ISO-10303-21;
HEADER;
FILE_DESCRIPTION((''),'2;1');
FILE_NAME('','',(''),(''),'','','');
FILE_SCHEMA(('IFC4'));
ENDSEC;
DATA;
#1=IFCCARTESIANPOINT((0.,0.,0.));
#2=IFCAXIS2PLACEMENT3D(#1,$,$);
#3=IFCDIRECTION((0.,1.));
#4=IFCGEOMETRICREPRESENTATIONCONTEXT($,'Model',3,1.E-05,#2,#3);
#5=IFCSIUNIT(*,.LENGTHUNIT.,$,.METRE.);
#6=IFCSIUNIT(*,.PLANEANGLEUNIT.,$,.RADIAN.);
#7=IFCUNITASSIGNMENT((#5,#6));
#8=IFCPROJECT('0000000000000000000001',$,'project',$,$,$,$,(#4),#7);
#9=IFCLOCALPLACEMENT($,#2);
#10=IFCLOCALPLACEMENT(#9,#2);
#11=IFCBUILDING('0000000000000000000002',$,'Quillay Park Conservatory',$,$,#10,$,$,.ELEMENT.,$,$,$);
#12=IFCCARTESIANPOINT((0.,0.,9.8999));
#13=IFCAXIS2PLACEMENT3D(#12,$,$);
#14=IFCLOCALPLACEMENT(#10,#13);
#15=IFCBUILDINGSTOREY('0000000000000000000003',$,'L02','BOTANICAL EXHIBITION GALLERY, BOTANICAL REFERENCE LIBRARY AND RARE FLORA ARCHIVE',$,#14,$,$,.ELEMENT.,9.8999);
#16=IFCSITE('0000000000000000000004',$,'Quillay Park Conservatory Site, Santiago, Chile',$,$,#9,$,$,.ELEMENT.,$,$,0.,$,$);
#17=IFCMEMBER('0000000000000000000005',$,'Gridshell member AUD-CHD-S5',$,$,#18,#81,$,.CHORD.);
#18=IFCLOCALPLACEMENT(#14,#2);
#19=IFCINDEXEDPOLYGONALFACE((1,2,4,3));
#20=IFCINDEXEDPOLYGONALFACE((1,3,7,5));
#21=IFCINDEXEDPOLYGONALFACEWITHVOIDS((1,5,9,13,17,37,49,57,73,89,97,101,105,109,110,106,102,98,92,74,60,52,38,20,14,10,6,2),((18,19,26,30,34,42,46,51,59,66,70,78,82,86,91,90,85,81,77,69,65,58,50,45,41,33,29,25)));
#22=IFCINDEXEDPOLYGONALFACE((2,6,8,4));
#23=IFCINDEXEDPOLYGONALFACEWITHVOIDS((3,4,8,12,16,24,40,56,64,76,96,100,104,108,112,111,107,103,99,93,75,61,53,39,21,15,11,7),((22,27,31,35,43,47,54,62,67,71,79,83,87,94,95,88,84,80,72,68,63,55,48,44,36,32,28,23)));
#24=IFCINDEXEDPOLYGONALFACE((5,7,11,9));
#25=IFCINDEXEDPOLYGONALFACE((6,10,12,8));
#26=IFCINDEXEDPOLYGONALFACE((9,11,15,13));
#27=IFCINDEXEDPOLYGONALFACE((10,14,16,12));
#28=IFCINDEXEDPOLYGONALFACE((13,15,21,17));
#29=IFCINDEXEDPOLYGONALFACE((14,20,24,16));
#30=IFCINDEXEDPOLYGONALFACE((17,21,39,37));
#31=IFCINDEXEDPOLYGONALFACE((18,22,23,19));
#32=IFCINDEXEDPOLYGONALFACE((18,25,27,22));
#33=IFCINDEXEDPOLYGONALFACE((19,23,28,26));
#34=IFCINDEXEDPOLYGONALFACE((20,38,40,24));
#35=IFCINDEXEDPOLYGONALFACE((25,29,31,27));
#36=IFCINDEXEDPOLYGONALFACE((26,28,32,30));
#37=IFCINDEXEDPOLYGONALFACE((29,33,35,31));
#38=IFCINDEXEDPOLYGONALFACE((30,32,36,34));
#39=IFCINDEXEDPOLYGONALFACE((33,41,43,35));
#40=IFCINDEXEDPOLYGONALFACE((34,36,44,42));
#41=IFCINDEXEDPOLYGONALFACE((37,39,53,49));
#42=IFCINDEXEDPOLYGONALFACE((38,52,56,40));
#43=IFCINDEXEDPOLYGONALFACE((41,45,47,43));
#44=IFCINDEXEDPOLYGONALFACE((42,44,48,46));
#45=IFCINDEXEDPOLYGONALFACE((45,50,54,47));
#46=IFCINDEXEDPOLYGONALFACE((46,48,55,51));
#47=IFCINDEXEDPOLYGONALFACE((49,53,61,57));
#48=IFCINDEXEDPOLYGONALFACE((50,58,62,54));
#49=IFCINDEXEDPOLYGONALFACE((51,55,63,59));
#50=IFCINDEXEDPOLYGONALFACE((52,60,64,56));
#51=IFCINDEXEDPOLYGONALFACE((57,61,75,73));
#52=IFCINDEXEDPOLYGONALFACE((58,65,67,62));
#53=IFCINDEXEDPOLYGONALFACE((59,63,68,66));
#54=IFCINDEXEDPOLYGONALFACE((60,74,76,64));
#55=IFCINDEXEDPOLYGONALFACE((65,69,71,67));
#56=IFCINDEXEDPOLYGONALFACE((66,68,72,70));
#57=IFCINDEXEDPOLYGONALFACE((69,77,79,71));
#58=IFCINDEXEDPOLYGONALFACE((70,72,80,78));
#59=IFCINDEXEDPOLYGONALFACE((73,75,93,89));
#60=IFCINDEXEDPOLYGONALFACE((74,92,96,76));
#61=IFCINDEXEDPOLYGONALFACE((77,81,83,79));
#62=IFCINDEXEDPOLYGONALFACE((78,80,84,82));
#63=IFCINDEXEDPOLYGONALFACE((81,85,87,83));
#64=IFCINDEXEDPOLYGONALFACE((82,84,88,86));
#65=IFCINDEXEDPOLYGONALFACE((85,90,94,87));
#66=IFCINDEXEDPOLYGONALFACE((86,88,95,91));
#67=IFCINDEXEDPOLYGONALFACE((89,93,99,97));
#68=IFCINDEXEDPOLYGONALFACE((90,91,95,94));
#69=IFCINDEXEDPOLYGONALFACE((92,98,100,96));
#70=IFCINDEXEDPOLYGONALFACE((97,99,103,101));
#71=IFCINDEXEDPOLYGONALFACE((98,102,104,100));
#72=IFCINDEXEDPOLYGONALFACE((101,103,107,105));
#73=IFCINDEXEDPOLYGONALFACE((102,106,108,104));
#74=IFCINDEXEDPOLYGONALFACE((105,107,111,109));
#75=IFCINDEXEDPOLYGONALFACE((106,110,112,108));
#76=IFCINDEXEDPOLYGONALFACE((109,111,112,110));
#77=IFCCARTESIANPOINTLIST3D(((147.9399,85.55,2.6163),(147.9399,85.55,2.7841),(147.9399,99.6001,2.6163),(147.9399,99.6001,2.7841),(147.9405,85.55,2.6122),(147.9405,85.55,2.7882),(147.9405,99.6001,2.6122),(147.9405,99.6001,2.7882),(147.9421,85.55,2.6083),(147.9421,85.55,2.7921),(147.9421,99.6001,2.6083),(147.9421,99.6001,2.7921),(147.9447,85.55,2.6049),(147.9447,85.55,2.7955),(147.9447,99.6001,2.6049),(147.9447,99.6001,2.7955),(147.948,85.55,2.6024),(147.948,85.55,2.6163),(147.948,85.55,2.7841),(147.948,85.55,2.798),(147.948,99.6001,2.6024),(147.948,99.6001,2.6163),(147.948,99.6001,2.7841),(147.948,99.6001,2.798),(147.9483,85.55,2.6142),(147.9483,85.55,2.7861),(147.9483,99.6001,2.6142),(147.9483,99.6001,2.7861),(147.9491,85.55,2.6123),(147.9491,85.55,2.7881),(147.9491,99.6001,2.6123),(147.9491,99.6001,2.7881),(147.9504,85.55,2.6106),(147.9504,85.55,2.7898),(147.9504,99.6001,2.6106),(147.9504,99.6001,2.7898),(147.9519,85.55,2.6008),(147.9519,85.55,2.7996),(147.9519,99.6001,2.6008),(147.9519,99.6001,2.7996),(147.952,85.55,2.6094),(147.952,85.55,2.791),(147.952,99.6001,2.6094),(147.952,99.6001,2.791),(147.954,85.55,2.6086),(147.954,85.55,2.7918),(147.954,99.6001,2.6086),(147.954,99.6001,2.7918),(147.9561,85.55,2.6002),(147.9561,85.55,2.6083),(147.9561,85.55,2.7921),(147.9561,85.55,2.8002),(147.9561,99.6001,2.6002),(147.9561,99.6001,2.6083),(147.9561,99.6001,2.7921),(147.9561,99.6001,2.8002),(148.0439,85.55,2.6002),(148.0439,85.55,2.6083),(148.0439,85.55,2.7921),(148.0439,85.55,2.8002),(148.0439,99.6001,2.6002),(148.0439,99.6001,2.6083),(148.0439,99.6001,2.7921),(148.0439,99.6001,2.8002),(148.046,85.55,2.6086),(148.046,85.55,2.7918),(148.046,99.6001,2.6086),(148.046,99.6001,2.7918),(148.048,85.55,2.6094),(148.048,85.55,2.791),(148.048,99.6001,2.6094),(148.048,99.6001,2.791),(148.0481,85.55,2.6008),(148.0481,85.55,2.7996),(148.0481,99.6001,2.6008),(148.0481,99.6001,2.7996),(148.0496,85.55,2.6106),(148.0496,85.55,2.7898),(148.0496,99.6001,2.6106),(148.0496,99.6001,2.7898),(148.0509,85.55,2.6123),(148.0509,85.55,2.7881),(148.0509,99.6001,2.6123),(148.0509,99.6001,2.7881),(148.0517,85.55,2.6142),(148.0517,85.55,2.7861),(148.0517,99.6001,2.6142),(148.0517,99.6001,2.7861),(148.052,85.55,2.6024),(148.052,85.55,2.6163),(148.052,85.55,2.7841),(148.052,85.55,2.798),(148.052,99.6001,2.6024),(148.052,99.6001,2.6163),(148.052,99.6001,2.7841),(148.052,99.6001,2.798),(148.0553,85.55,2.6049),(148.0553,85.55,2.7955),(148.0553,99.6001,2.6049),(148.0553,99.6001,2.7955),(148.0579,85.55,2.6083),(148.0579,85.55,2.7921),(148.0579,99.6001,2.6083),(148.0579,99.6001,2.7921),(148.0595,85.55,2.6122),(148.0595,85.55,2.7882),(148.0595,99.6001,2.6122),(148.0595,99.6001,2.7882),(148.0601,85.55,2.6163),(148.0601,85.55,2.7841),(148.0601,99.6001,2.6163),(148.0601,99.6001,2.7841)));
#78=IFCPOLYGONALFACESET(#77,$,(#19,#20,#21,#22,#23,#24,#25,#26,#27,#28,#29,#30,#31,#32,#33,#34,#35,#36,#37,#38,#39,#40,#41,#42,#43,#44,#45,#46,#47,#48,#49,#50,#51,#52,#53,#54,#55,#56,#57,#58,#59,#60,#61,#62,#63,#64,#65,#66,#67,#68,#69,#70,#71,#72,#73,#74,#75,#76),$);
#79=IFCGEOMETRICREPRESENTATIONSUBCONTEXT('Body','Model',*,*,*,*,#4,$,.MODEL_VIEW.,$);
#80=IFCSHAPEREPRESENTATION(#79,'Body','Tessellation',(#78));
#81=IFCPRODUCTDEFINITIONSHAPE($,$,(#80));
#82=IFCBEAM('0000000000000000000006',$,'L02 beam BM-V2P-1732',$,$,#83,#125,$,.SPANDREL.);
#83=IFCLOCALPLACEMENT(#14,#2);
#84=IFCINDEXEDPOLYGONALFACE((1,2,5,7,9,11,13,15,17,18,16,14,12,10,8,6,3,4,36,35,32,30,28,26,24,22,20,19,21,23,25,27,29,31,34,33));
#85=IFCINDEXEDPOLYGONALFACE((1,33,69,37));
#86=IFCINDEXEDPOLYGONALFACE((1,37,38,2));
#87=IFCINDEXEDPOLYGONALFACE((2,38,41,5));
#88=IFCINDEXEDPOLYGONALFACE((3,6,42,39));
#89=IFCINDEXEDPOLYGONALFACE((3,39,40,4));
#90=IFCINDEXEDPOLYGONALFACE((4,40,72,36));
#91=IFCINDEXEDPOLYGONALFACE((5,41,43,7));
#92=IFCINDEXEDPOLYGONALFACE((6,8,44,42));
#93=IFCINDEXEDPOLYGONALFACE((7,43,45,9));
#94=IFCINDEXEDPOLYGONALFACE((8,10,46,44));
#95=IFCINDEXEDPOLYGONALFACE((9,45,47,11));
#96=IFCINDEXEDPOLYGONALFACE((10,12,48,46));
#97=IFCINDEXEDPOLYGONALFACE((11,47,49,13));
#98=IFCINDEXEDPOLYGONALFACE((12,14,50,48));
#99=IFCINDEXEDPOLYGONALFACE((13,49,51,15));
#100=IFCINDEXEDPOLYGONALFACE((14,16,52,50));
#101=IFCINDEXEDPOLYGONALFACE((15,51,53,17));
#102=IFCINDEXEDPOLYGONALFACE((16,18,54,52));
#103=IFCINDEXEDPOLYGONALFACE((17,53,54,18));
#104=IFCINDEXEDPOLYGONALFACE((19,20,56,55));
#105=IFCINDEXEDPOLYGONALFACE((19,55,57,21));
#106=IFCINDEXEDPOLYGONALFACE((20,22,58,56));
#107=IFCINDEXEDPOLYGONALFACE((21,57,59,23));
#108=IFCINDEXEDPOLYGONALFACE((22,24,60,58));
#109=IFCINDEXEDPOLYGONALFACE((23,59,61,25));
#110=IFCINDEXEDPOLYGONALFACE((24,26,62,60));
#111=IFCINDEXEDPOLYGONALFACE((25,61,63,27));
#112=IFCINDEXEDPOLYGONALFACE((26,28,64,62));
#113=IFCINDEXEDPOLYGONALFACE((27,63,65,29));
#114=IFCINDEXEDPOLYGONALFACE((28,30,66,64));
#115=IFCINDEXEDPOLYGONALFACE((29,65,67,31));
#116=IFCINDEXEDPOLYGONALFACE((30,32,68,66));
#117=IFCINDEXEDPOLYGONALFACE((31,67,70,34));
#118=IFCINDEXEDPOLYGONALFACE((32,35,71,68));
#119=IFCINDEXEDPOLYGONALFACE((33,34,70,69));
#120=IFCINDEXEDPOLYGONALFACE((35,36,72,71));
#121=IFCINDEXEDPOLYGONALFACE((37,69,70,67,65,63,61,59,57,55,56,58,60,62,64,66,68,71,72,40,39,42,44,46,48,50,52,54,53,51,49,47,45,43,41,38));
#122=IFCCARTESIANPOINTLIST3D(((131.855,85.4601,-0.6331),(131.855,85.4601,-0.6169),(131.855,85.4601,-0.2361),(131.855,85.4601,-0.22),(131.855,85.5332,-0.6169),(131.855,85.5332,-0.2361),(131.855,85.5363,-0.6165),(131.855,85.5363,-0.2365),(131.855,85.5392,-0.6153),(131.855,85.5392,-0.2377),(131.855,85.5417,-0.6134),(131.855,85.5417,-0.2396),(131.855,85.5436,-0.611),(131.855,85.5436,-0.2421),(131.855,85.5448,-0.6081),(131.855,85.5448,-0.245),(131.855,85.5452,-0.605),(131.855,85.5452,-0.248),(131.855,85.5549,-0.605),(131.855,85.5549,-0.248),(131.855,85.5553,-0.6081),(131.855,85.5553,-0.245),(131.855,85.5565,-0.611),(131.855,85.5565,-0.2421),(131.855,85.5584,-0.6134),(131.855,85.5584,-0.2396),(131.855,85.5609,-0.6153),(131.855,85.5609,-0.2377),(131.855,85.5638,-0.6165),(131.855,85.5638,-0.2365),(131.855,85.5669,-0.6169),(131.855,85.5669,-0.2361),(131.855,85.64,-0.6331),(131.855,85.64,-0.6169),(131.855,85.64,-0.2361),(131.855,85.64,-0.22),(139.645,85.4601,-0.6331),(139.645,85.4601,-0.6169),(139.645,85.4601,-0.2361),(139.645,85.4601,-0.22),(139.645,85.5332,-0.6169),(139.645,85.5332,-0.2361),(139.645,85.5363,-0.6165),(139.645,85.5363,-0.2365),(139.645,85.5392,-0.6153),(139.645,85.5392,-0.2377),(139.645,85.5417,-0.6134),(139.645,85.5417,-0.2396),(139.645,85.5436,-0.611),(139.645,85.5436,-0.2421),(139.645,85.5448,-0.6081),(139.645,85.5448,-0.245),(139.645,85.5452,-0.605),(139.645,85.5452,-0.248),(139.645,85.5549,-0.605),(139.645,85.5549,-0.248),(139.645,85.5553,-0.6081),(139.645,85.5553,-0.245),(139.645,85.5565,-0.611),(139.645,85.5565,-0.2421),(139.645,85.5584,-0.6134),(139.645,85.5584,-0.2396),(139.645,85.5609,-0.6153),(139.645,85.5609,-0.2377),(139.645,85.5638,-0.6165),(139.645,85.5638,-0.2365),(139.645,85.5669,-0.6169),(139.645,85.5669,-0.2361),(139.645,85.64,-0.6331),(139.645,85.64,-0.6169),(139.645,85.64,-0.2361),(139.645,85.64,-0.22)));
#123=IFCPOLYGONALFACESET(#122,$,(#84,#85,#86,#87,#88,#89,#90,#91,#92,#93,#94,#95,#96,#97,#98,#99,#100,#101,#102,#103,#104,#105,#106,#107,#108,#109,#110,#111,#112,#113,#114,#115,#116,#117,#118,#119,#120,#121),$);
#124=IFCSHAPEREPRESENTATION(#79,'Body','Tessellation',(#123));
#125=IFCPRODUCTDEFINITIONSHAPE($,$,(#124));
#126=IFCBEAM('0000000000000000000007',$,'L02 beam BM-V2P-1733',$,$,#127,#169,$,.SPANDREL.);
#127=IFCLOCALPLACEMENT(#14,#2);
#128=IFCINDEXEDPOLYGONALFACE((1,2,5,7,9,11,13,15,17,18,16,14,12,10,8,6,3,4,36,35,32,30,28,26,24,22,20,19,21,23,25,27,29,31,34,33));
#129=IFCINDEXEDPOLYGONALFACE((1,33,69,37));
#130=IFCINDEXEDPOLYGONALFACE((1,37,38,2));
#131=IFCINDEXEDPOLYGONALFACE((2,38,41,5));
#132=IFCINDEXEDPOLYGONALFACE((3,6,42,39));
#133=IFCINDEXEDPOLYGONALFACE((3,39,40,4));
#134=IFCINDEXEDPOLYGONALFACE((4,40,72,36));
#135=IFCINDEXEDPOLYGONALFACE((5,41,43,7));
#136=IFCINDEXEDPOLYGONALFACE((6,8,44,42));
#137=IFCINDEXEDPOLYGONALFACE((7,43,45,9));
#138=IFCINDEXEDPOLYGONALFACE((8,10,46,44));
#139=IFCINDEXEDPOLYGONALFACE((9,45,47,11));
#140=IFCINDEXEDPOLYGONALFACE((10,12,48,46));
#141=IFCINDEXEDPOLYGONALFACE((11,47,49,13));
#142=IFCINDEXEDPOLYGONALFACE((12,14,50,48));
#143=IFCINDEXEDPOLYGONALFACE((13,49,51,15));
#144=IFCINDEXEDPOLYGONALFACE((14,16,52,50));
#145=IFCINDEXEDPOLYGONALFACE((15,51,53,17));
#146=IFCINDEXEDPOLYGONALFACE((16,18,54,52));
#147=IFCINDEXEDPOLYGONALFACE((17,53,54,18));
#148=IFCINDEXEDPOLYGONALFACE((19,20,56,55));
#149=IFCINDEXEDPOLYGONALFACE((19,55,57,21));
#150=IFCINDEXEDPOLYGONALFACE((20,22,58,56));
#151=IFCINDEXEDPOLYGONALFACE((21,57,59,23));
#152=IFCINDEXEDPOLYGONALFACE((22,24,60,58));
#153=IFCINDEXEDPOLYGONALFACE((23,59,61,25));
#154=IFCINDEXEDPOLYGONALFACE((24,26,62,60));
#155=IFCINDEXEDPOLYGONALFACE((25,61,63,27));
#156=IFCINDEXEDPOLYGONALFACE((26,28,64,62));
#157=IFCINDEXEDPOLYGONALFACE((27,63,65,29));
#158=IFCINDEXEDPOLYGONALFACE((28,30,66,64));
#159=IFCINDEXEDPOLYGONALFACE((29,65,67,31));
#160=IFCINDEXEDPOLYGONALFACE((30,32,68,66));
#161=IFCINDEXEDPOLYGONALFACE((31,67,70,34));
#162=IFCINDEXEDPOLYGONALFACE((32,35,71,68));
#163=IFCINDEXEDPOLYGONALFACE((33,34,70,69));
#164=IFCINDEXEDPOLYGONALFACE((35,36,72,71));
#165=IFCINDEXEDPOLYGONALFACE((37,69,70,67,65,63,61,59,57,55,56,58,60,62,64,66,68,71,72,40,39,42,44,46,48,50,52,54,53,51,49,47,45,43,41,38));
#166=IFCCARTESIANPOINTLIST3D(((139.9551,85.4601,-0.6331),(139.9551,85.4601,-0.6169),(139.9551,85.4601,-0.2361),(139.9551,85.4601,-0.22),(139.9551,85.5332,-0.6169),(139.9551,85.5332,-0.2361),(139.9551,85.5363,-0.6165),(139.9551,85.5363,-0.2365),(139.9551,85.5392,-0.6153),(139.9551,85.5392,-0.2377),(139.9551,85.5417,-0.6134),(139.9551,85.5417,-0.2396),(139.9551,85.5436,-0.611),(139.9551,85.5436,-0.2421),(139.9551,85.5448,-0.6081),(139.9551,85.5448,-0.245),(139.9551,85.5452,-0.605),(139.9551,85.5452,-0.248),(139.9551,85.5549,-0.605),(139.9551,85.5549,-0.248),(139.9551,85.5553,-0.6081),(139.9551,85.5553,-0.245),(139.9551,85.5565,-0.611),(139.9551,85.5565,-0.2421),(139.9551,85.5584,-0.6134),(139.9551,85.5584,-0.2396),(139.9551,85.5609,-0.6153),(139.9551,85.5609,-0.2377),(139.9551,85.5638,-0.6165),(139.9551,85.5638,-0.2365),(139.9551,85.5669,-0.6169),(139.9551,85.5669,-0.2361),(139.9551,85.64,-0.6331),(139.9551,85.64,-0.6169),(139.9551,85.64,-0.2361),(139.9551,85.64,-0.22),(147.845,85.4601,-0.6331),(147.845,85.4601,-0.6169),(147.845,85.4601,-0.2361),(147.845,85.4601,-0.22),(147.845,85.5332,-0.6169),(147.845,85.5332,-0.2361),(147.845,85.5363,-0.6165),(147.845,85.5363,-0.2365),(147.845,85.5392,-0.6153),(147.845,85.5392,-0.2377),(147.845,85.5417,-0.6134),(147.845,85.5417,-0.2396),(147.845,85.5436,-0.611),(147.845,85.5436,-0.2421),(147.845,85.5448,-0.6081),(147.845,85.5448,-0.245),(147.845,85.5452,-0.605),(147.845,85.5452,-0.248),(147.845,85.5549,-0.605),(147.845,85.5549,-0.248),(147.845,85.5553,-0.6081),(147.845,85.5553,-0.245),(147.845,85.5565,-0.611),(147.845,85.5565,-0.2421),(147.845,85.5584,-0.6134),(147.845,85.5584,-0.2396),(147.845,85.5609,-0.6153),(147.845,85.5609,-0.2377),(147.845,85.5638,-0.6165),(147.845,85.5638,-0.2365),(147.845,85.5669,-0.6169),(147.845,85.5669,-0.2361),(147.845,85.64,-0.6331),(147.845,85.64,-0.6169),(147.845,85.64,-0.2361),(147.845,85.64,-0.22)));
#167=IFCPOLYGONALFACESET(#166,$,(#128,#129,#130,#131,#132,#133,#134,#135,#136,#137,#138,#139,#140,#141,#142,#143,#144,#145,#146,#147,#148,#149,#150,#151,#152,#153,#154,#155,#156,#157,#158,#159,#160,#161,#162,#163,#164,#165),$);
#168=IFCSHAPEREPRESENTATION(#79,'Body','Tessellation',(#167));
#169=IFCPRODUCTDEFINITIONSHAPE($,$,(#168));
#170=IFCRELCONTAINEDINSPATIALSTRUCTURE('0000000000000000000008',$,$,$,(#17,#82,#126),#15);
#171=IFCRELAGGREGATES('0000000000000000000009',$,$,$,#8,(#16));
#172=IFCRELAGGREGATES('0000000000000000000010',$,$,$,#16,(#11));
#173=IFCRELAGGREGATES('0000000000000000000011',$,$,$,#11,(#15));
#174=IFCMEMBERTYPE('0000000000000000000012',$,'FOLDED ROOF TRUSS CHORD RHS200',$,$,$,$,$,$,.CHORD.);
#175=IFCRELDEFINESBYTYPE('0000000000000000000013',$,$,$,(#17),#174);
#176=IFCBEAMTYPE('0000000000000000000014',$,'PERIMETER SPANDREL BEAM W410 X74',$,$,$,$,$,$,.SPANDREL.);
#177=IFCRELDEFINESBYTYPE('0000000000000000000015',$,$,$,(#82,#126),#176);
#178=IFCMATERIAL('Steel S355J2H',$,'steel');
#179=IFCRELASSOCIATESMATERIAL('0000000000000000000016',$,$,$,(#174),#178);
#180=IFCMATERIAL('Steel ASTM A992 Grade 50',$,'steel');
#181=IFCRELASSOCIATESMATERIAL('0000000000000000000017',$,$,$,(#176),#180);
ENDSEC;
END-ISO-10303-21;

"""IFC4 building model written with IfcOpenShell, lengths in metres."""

from ifc_helpers import new_model, si_unit, direction, frame, origin, origin_2d, place, context, subcontext, project, spatial, hollow_rectangle, i_section, extrude, material, material_profile, profile_set, type_object, element, save


model = new_model("IFC4")

# Units and contexts
model_context = context("Model", 3, precision=1e-05, world=origin(), true_north=direction((0.0, 1.0)))
body_context = subcontext(model_context, "Body", "Model", "MODEL_VIEW")
ifc_project = project(units=[si_unit("LENGTHUNIT", "METRE"), si_unit("PLANEANGLEUNIT", "RADIAN")], contexts=[model_context])

# Site, building, storey
site_placement = place(None, origin())
site = spatial("IfcSite", under=ifc_project, at=site_placement, Name="Quillay Park Conservatory Site, Santiago, Chile", CompositionType="ELEMENT", RefElevation=0.0)
building_placement = place(site_placement, origin())
building = spatial("IfcBuilding", under=site, at=building_placement, Name="Quillay Park Conservatory", CompositionType="ELEMENT")
storey_placement = place(building_placement, frame((0.0, 0.0, 9.8999)))
storey = spatial("IfcBuildingStorey", under=building, at=storey_placement, Name="L02", Description="BOTANICAL EXHIBITION GALLERY, BOTANICAL REFERENCE LIBRARY AND RARE FLORA ARCHIVE", CompositionType="ELEMENT", Elevation=9.8999)

# Member
ifc_material_1 = material(Name="Steel S355J2H", Category="steel")
ifc_material_profile_1 = material_profile(ifc_material_1, hollow_rectangle(XDim=0.1201, YDim=0.2, WallThickness=0.0081, InnerFilletRadius=0.0081, OuterFilletRadius=0.0161, at=origin_2d()), Name="RHS200x120x8")
ifc_profile_set_1 = profile_set([ifc_material_profile_1], Name="Steel S355J2H")
member_type = type_object("IfcMemberType", Name="FOLDED ROOF TRUSS CHORD RHS200", PredefinedType="CHORD", material=ifc_profile_set_1)
member_1_placement = place(storey_placement, frame((148.0, 85.55, 2.7002), z_axis=(0.0, 1.0, 0.0), x_axis=(-1.0, 0.0, 0.0)))
element("IfcMember", 1, at=member_1_placement, inside=storey, type_object=member_type, Name="Gridshell member AUD-CHD-S5", PredefinedType="CHORD", context=body_context, shape_type="SweptSolid", body=[
    extrude(hollow_rectangle(XDim=0.1201, YDim=0.2, WallThickness=0.0081, InnerFilletRadius=0.0081, OuterFilletRadius=0.0161, at=origin_2d()), origin(), (0.0, 0.0, 1.0), 14.05),
])

# Beams
ifc_material_2 = material(Name="Steel ASTM A992 Grade 50", Category="steel")
ifc_material_profile_2 = material_profile(ifc_material_2, i_section(OverallWidth=0.1799, OverallDepth=0.4131, WebThickness=0.0098, FlangeThickness=0.0161, FilletRadius=0.012, at=origin_2d()), Name="W410x74")
ifc_profile_set_2 = profile_set([ifc_material_profile_2], Name="Steel ASTM A992 Grade 50")
beam_type_1 = type_object("IfcBeamType", Name="PERIMETER SPANDREL BEAM W410 X74", PredefinedType="SPANDREL", material=ifc_profile_set_2)
beam_1_placement = place(storey_placement, frame((131.855, 85.55, -0.4265), z_axis=(1.0, 0.0, 0.0), x_axis=(0.0, 1.0, 0.0)))
element("IfcBeam", 2, at=beam_1_placement, inside=storey, type_object=beam_type_1, Name="L02 beam BM-V2P-1732", PredefinedType="SPANDREL", context=body_context, shape_type="SweptSolid", body=[
    extrude(i_section(OverallWidth=0.1799, OverallDepth=0.4131, WebThickness=0.0098, FlangeThickness=0.0161, FilletRadius=0.012, at=origin_2d()), origin(), (0.0, 0.0, 1.0), 7.79),
])
beam_2_placement = place(storey_placement, frame((139.9551, 85.55, -0.4265), z_axis=(1.0, 0.0, 0.0), x_axis=(0.0, 1.0, 0.0)))
element("IfcBeam", 3, at=beam_2_placement, inside=storey, type_object=beam_type_1, Name="L02 beam BM-V2P-1733", PredefinedType="SPANDREL", context=body_context, shape_type="SweptSolid", body=[
    extrude(i_section(OverallWidth=0.1799, OverallDepth=0.4131, WebThickness=0.0098, FlangeThickness=0.0161, FilletRadius=0.012, at=origin_2d()), origin(), (0.0, 0.0, 1.0), 7.8899),
])

save(model, "model.ifc")
